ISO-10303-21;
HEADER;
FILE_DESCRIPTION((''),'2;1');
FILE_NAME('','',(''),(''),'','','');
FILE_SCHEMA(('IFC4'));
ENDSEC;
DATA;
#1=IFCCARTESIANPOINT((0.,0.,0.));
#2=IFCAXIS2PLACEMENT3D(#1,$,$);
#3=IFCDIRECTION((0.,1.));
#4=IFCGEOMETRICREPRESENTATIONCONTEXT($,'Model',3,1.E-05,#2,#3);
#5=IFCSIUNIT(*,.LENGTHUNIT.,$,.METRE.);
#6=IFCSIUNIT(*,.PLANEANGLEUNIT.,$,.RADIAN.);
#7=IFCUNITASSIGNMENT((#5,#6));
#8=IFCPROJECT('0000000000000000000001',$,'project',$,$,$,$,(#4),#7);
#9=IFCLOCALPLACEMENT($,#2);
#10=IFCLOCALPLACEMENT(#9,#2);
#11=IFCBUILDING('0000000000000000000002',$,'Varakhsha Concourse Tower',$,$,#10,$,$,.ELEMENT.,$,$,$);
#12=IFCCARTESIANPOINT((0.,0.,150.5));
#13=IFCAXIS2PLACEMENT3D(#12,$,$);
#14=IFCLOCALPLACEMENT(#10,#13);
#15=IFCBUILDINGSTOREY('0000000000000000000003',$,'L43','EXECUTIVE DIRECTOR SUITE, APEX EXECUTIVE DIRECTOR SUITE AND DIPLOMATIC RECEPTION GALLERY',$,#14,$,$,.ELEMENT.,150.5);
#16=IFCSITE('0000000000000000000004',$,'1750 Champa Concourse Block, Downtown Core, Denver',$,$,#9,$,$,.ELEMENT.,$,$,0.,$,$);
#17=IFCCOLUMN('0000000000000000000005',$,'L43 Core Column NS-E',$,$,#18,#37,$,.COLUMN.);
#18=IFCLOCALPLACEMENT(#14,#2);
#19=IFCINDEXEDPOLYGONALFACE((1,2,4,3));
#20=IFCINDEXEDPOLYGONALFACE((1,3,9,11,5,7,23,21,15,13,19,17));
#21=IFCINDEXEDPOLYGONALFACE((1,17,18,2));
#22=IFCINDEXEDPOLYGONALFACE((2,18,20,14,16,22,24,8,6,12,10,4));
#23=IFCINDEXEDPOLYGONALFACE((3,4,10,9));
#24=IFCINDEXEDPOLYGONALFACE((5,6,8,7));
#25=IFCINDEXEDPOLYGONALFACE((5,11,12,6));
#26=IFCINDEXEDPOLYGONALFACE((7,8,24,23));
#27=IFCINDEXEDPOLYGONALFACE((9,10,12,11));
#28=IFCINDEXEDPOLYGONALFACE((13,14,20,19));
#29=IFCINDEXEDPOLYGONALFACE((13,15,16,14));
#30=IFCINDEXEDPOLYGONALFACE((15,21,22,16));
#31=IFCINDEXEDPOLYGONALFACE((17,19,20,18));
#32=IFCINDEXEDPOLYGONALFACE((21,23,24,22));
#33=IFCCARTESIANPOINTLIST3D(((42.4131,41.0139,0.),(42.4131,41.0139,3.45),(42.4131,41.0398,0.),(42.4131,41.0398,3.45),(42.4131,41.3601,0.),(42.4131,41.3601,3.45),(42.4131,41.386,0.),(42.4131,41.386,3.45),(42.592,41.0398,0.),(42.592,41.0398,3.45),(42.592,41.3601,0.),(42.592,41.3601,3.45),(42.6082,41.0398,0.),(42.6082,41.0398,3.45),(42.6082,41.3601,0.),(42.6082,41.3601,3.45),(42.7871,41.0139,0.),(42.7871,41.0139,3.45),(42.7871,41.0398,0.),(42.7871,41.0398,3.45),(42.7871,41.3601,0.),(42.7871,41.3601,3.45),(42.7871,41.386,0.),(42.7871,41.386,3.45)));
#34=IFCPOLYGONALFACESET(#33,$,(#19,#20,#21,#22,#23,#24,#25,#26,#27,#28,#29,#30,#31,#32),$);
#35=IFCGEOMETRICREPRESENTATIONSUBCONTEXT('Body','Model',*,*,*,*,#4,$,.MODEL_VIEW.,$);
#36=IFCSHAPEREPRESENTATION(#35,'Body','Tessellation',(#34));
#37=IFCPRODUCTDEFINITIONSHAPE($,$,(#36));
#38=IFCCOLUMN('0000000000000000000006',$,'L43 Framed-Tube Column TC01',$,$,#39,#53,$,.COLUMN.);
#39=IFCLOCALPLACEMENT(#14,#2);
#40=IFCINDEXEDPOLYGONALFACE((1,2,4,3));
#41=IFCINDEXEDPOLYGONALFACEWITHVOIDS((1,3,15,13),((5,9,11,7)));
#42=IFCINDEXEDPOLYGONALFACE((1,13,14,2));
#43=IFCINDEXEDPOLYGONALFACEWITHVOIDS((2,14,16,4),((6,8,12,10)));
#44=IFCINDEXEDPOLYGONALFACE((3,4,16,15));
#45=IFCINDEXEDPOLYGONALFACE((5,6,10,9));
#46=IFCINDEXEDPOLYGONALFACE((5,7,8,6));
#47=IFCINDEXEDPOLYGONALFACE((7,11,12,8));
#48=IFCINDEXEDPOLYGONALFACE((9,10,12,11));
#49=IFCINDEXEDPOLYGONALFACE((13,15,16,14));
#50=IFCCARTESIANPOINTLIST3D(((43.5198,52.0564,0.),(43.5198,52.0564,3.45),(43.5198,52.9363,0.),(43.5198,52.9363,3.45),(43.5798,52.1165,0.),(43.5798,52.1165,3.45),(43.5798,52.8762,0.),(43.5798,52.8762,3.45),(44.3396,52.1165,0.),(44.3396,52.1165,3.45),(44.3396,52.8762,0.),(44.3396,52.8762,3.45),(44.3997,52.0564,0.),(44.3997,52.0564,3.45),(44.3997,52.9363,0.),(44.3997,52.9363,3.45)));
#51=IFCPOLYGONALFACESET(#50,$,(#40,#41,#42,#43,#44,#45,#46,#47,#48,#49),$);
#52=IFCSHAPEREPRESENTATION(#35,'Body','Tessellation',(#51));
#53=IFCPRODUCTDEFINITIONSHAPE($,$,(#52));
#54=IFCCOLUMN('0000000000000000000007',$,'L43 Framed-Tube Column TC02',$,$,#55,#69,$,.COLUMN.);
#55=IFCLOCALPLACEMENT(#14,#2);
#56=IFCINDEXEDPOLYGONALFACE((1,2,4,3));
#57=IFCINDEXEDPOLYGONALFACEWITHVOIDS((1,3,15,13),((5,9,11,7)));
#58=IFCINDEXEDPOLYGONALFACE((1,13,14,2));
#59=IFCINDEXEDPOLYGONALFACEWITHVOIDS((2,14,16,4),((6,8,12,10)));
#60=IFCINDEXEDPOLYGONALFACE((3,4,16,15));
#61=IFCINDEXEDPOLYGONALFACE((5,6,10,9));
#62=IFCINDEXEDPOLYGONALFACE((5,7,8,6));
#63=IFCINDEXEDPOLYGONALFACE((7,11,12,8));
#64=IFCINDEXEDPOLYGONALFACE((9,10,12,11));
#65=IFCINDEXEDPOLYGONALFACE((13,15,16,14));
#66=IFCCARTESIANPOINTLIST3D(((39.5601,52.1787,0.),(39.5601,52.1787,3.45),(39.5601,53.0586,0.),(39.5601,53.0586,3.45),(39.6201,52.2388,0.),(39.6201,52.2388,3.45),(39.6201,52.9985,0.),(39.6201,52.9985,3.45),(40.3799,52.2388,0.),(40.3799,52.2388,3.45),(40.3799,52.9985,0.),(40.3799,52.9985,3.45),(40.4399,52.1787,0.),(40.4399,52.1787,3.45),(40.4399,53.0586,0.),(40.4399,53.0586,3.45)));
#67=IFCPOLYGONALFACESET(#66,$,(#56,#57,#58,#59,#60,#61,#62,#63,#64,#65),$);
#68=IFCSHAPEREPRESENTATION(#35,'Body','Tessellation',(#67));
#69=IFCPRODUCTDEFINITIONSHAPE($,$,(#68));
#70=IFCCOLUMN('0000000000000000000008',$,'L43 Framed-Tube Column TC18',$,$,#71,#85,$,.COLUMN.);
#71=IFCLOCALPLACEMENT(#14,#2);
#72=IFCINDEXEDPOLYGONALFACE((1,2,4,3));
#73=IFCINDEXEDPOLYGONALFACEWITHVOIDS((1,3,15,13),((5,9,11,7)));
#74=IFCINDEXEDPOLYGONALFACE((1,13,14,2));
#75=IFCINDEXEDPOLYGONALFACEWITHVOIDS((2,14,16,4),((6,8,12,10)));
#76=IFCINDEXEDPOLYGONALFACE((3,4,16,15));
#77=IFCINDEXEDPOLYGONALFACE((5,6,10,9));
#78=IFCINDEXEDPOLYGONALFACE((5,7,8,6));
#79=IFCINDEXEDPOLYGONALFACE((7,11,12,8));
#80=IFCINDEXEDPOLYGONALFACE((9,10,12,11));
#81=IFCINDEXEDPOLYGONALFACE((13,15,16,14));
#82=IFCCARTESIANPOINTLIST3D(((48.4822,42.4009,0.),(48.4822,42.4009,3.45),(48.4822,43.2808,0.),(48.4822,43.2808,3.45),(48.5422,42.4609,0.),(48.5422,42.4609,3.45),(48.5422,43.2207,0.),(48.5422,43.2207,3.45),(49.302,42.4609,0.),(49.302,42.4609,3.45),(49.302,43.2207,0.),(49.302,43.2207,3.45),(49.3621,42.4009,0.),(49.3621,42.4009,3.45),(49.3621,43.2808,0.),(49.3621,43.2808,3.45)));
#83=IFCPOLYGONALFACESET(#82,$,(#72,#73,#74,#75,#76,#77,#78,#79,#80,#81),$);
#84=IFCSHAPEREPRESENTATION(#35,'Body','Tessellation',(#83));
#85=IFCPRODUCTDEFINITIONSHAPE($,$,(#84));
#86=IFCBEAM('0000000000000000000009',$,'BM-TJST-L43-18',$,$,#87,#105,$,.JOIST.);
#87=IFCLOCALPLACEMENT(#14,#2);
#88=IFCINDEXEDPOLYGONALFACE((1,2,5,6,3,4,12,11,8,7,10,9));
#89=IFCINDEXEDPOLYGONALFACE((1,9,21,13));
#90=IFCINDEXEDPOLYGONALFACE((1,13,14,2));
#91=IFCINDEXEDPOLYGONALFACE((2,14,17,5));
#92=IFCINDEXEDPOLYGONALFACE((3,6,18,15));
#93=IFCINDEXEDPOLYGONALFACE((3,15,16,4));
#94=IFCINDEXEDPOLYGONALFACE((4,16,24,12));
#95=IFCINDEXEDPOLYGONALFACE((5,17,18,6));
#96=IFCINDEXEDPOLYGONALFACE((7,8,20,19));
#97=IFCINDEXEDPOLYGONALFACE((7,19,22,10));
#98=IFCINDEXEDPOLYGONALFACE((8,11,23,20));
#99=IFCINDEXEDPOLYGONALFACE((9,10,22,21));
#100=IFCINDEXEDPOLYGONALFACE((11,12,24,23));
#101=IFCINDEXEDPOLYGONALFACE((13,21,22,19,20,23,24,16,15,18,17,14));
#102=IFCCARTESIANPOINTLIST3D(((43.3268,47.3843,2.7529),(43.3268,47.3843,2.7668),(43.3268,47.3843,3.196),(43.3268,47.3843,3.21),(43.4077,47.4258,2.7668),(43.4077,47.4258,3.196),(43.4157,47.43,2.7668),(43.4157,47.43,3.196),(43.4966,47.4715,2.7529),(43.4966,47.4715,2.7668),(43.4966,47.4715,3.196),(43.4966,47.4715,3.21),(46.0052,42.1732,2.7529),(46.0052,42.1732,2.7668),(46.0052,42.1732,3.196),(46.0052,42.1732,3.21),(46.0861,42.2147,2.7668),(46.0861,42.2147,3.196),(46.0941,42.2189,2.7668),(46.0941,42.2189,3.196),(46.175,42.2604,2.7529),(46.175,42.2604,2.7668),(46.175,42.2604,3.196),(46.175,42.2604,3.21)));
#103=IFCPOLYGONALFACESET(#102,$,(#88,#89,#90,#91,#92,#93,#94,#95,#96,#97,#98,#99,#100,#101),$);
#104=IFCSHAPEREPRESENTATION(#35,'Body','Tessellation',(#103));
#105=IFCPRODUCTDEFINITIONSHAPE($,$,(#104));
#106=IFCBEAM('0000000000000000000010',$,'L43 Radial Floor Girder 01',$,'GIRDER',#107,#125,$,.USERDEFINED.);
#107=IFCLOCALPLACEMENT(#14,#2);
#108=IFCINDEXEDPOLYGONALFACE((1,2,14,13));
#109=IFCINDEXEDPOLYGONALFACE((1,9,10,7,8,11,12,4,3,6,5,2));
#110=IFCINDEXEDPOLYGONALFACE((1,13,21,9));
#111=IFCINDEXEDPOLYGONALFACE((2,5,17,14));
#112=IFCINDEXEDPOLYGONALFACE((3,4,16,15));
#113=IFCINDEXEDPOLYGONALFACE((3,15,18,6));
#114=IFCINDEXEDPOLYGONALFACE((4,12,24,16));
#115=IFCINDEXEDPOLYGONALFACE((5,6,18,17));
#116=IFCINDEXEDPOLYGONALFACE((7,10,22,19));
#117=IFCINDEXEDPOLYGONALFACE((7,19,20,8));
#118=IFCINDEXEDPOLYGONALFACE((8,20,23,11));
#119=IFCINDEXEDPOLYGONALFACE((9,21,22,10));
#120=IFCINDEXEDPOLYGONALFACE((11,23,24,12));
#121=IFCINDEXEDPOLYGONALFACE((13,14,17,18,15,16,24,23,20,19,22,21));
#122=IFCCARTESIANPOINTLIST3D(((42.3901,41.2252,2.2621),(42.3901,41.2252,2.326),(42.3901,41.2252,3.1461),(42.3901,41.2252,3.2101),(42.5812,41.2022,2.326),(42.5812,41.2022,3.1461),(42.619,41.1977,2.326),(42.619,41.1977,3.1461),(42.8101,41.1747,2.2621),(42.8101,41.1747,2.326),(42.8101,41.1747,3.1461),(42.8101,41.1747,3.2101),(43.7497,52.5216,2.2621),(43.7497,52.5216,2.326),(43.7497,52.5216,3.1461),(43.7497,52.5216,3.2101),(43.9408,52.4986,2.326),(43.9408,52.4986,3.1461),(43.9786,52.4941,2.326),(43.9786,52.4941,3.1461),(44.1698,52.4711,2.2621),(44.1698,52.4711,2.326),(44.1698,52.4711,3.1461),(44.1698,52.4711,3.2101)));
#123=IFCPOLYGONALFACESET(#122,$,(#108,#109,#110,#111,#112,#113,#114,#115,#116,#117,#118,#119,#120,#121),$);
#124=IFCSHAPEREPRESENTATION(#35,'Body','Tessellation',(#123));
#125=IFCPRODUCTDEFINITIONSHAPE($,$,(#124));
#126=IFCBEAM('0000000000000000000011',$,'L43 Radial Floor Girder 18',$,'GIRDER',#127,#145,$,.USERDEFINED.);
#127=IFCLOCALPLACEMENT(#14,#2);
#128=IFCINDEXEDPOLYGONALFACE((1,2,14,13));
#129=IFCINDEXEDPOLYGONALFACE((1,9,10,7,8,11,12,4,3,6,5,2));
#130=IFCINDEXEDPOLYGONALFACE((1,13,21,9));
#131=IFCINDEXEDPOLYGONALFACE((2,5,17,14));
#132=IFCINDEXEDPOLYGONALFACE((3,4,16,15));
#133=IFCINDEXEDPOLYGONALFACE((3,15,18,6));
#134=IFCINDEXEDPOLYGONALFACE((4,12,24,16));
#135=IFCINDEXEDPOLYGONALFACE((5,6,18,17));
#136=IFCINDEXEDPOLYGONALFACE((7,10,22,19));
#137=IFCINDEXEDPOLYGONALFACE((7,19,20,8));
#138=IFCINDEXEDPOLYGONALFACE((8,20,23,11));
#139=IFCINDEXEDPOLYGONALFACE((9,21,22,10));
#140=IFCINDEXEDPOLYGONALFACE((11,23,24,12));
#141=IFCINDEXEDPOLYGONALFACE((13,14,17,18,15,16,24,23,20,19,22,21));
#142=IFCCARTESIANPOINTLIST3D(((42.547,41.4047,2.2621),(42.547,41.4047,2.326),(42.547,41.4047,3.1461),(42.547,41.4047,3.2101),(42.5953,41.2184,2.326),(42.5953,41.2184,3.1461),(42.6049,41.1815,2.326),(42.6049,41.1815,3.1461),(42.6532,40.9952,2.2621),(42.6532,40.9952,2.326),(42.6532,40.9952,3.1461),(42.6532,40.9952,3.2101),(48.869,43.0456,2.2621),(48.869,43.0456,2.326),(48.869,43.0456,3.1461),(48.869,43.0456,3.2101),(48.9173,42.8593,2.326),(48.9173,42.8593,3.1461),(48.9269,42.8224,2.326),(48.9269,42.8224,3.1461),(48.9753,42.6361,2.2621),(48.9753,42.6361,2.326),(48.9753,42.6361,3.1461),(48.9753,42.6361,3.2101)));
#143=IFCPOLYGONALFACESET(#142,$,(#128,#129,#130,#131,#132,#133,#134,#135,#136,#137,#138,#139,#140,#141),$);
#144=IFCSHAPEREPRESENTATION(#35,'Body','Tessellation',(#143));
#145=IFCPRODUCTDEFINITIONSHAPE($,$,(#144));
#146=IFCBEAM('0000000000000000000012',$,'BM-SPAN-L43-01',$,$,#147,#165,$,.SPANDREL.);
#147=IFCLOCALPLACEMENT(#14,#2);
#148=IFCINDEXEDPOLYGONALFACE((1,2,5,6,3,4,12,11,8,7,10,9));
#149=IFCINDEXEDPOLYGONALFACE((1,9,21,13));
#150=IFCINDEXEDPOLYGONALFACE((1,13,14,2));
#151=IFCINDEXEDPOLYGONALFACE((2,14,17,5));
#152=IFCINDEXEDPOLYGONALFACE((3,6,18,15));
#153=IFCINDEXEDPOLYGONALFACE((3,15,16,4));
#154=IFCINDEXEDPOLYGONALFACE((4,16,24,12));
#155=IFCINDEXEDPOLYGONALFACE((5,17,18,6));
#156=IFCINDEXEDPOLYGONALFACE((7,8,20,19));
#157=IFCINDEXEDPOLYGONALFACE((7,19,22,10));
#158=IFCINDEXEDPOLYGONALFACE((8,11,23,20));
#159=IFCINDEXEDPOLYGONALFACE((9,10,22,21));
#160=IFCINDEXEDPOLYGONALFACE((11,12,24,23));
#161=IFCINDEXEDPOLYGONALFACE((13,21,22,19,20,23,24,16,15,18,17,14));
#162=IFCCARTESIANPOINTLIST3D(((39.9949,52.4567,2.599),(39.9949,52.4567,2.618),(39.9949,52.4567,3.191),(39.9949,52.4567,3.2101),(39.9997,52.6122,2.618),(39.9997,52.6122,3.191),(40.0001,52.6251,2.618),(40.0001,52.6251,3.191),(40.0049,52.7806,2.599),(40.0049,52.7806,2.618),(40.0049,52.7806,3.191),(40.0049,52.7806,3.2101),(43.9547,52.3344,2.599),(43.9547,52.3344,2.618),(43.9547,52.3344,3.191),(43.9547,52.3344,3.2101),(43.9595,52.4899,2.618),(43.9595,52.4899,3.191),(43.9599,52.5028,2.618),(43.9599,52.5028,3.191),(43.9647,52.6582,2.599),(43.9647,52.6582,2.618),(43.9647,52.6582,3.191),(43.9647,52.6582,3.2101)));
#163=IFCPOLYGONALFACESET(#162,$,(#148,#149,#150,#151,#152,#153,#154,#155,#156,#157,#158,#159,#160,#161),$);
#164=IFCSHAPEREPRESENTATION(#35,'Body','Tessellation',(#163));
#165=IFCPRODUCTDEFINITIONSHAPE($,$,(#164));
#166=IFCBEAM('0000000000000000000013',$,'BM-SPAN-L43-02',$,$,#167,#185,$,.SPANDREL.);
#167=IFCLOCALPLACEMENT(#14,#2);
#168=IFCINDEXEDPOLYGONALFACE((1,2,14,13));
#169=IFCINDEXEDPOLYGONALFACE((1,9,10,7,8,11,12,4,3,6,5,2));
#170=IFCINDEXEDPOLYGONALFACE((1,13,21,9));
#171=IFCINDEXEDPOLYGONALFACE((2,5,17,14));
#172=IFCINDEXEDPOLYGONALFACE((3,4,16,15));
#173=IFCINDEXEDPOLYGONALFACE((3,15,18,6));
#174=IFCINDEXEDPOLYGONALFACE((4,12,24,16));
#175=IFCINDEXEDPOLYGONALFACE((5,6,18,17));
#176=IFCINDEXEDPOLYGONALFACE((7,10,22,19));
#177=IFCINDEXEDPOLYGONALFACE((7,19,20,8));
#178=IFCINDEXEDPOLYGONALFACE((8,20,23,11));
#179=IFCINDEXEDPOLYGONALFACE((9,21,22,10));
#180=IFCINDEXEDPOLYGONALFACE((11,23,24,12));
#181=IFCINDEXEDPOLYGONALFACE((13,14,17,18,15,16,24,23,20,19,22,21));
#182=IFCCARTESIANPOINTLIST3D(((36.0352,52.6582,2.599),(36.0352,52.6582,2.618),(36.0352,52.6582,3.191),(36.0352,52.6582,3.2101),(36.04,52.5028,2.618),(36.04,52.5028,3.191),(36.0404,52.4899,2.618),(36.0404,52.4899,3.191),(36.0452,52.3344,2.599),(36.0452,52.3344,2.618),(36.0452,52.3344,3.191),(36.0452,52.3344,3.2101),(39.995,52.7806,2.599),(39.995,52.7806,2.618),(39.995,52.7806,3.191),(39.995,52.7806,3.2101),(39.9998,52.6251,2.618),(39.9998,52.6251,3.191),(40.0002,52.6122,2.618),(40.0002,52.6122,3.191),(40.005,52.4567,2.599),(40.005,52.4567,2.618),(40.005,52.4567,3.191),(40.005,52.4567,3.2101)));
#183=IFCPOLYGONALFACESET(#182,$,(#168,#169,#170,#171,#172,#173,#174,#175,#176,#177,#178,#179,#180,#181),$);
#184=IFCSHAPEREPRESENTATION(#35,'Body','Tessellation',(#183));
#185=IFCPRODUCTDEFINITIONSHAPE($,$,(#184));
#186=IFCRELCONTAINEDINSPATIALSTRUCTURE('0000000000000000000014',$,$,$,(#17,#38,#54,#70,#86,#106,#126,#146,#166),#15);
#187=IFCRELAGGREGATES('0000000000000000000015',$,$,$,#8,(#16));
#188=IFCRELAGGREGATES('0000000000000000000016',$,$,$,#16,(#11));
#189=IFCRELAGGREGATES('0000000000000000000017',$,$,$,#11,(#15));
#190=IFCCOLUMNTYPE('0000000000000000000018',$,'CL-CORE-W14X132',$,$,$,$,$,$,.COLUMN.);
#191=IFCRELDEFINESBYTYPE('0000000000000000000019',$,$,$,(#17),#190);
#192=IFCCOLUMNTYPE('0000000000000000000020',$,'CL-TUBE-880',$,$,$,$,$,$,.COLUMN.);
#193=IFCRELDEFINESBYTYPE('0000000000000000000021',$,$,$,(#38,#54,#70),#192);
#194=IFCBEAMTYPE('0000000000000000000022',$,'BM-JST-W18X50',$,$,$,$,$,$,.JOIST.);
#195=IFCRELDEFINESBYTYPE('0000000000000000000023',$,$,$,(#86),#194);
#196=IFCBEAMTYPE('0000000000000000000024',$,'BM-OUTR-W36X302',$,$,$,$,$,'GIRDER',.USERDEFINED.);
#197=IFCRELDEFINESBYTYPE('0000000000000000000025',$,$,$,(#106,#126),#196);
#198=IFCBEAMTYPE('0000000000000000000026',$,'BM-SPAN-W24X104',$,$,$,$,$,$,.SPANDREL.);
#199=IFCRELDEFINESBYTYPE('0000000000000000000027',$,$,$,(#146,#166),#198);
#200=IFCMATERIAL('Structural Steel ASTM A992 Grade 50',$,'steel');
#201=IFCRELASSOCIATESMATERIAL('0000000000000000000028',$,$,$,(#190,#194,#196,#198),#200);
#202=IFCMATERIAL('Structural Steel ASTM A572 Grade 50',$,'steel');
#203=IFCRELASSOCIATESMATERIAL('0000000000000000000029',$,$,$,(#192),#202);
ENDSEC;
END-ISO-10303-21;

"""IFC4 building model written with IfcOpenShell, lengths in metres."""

from ifc_helpers import new_model, si_unit, direction, frame, origin, origin_2d, place, context, subcontext, project, spatial, hollow_rectangle, i_section, extrude, material, material_profile, profile_set, type_object, element, save


model = new_model("IFC4")

# Units and contexts
model_context = context("Model", 3, precision=1e-05, world=origin(), true_north=direction((0.0, 1.0)))
body_context = subcontext(model_context, "Body", "Model", "MODEL_VIEW")
ifc_project = project(units=[si_unit("LENGTHUNIT", "METRE"), si_unit("PLANEANGLEUNIT", "RADIAN")], contexts=[model_context])

# Site, building, storey
site_placement = place(None, origin())
site = spatial("IfcSite", under=ifc_project, at=site_placement, Name="1750 Champa Concourse Block, Downtown Core, Denver", CompositionType="ELEMENT", RefElevation=0.0)
building_placement = place(site_placement, origin())
building = spatial("IfcBuilding", under=site, at=building_placement, Name="Varakhsha Concourse Tower", CompositionType="ELEMENT")
storey_placement = place(building_placement, frame((0.0, 0.0, 150.5)))
storey = spatial("IfcBuildingStorey", under=building, at=storey_placement, Name="L43", Description="EXECUTIVE DIRECTOR SUITE, APEX EXECUTIVE DIRECTOR SUITE AND DIPLOMATIC RECEPTION GALLERY", CompositionType="ELEMENT", Elevation=150.5)

# Columns
ifc_material_1 = material(Name="Structural Steel ASTM A992 Grade 50", Category="steel")
ifc_material_profile_1 = material_profile(ifc_material_1, i_section(OverallWidth=0.374, OverallDepth=0.3721, WebThickness=0.0161, FlangeThickness=0.0259, at=origin_2d()), Name="W14X132")
ifc_profile_set_1 = profile_set([ifc_material_profile_1], Name="Structural Steel ASTM A992 Grade 50")
column_type_1 = type_object("IfcColumnType", Name="CL-CORE-W14X132", PredefinedType="COLUMN", material=ifc_profile_set_1)
column_placement = place(storey_placement, frame((42.6001, 41.2, 0.0), z_axis=(0.0, 0.0, 1.0), x_axis=(1.0, 0.0, 0.0)))
element("IfcColumn", 1, at=column_placement, inside=storey, type_object=column_type_1, Name="L43 Core Column NS-E", PredefinedType="COLUMN", context=body_context, shape_type="SweptSolid", body=[
    extrude(i_section(OverallWidth=0.374, OverallDepth=0.3721, WebThickness=0.0161, FlangeThickness=0.0259, at=origin_2d()), origin(), (0.0, 0.0, 1.0), 3.45),
])
ifc_material_2 = material(Name="Structural Steel ASTM A572 Grade 50", Category="steel")
ifc_material_profile_2 = material_profile(ifc_material_2, hollow_rectangle(XDim=0.8799, YDim=0.8799, WallThickness=0.0601, at=origin_2d()), Name="BOX 880x880x60")
ifc_profile_set_2 = profile_set([ifc_material_profile_2], Name="Structural Steel ASTM A572 Grade 50")
column_type_2 = type_object("IfcColumnType", Name="CL-TUBE-880", PredefinedType="COLUMN", material=ifc_profile_set_2)
for number, where, z_axis, x_axis, name in (
    (2, (43.9597, 52.4963, 0.0), (0.0, 0.0, 1.0), (1.0, 0.0, 0.0), "L43 Framed-Tube Column TC01"),
    (3, (40.0, 52.6187, 0.0), (0.0, 0.0, 1.0), (1.0, 0.0, 0.0), "L43 Framed-Tube Column TC02"),
    (4, (48.9221, 42.8408, 0.0), (0.0, 0.0, 1.0), (1.0, 0.0, 0.0), "L43 Framed-Tube Column TC18"),
):
    element("IfcColumn", number, at=place(storey_placement, frame(where, z_axis=z_axis, x_axis=x_axis)), inside=storey, type_object=column_type_2, Name=name, PredefinedType="COLUMN", context=body_context, shape_type="SweptSolid", body=[
        extrude(hollow_rectangle(XDim=0.8799, YDim=0.8799, WallThickness=0.0601, at=origin_2d()), origin(), (0.0, 0.0, 1.0), 3.45),
    ])

# Beams
ifc_material_profile_3 = material_profile(ifc_material_1, i_section(OverallWidth=0.1909, OverallDepth=0.457, WebThickness=0.009, FlangeThickness=0.0139, at=origin_2d()), Name="W18X50")
ifc_profile_set_3 = profile_set([ifc_material_profile_3], Name="Structural Steel ASTM A992 Grade 50")
beam_type_1 = type_object("IfcBeamType", Name="BM-JST-W18X50", PredefinedType="JOIST", material=ifc_profile_set_3)
beam_1_placement = place(storey_placement, frame((46.0901, 42.2168, 2.9814), z_axis=(-0.457136, 0.889397, 0.0), x_axis=(-0.889397, -0.457136, 0.0)))
element("IfcBeam", 5, at=beam_1_placement, inside=storey, type_object=beam_type_1, Name="BM-TJST-L43-18", PredefinedType="JOIST", context=body_context, shape_type="SweptSolid", body=[
    extrude(i_section(OverallWidth=0.1909, OverallDepth=0.457, WebThickness=0.009, FlangeThickness=0.0139, at=origin_2d()), origin(), (0.0, 0.0, 1.0), 5.8591),
])
ifc_material_profile_4 = material_profile(ifc_material_1, i_section(OverallWidth=0.4231, OverallDepth=0.948, WebThickness=0.0381, FlangeThickness=0.064, at=origin_2d()), Name="W36X302")
ifc_profile_set_4 = profile_set([ifc_material_profile_4], Name="Structural Steel ASTM A992 Grade 50")
beam_type_2 = type_object("IfcBeamType", Name="BM-OUTR-W36X302", ElementType="GIRDER", PredefinedType="USERDEFINED", material=ifc_profile_set_4)
beam_2_placement = place(storey_placement, frame((42.6001, 41.2, 2.7361), z_axis=(0.119496, 0.992835, 0.0), x_axis=(-0.992835, 0.119496, 0.0)))
element("IfcBeam", 6, at=beam_2_placement, inside=storey, type_object=beam_type_2, Name="L43 Radial Floor Girder 01", ObjectType="GIRDER", PredefinedType="USERDEFINED", context=body_context, shape_type="SweptSolid", body=[
    extrude(i_section(OverallWidth=0.4231, OverallDepth=0.948, WebThickness=0.0381, FlangeThickness=0.064, at=origin_2d()), origin(), (0.0, 0.0, 1.0), 11.3779),
])
beam_3_placement = place(storey_placement, frame((42.6001, 41.2, 2.7361), z_axis=(0.967929, 0.251224, 0.0), x_axis=(-0.251224, 0.967929, 0.0)))
element("IfcBeam", 7, at=beam_3_placement, inside=storey, type_object=beam_type_2, Name="L43 Radial Floor Girder 18", ObjectType="GIRDER", PredefinedType="USERDEFINED", context=body_context, shape_type="SweptSolid", body=[
    extrude(i_section(OverallWidth=0.4231, OverallDepth=0.948, WebThickness=0.0381, FlangeThickness=0.064, at=origin_2d()), origin(), (0.0, 0.0, 1.0), 6.5315),
])
ifc_material_profile_5 = material_profile(ifc_material_1, i_section(OverallWidth=0.324, OverallDepth=0.6111, WebThickness=0.0129, FlangeThickness=0.019, at=origin_2d()), Name="W24X104")
ifc_profile_set_5 = profile_set([ifc_material_profile_5], Name="Structural Steel ASTM A992 Grade 50")
beam_type_3 = type_object("IfcBeamType", Name="BM-SPAN-W24X104", PredefinedType="SPANDREL", material=ifc_profile_set_5)
for number, where, z_axis, x_axis, name in (
    (8, (43.9597, 52.4963, 2.9045), (-0.999523, 0.030875, 0.0), (-0.030875, -0.999523, 0.0), "BM-SPAN-L43-01"),
    (9, (40.0, 52.6187, 2.9045), (-0.999523, -0.030875, 0.0), (0.030875, -0.999523, 0.0), "BM-SPAN-L43-02"),
):
    element("IfcBeam", number, at=place(storey_placement, frame(where, z_axis=z_axis, x_axis=x_axis)), inside=storey, type_object=beam_type_3, Name=name, PredefinedType="SPANDREL", context=body_context, shape_type="SweptSolid", body=[
        extrude(i_section(OverallWidth=0.324, OverallDepth=0.6111, WebThickness=0.0129, FlangeThickness=0.019, at=origin_2d()), origin(), (0.0, 0.0, 1.0), 3.9617),
    ])

save(model, "model.ifc")
